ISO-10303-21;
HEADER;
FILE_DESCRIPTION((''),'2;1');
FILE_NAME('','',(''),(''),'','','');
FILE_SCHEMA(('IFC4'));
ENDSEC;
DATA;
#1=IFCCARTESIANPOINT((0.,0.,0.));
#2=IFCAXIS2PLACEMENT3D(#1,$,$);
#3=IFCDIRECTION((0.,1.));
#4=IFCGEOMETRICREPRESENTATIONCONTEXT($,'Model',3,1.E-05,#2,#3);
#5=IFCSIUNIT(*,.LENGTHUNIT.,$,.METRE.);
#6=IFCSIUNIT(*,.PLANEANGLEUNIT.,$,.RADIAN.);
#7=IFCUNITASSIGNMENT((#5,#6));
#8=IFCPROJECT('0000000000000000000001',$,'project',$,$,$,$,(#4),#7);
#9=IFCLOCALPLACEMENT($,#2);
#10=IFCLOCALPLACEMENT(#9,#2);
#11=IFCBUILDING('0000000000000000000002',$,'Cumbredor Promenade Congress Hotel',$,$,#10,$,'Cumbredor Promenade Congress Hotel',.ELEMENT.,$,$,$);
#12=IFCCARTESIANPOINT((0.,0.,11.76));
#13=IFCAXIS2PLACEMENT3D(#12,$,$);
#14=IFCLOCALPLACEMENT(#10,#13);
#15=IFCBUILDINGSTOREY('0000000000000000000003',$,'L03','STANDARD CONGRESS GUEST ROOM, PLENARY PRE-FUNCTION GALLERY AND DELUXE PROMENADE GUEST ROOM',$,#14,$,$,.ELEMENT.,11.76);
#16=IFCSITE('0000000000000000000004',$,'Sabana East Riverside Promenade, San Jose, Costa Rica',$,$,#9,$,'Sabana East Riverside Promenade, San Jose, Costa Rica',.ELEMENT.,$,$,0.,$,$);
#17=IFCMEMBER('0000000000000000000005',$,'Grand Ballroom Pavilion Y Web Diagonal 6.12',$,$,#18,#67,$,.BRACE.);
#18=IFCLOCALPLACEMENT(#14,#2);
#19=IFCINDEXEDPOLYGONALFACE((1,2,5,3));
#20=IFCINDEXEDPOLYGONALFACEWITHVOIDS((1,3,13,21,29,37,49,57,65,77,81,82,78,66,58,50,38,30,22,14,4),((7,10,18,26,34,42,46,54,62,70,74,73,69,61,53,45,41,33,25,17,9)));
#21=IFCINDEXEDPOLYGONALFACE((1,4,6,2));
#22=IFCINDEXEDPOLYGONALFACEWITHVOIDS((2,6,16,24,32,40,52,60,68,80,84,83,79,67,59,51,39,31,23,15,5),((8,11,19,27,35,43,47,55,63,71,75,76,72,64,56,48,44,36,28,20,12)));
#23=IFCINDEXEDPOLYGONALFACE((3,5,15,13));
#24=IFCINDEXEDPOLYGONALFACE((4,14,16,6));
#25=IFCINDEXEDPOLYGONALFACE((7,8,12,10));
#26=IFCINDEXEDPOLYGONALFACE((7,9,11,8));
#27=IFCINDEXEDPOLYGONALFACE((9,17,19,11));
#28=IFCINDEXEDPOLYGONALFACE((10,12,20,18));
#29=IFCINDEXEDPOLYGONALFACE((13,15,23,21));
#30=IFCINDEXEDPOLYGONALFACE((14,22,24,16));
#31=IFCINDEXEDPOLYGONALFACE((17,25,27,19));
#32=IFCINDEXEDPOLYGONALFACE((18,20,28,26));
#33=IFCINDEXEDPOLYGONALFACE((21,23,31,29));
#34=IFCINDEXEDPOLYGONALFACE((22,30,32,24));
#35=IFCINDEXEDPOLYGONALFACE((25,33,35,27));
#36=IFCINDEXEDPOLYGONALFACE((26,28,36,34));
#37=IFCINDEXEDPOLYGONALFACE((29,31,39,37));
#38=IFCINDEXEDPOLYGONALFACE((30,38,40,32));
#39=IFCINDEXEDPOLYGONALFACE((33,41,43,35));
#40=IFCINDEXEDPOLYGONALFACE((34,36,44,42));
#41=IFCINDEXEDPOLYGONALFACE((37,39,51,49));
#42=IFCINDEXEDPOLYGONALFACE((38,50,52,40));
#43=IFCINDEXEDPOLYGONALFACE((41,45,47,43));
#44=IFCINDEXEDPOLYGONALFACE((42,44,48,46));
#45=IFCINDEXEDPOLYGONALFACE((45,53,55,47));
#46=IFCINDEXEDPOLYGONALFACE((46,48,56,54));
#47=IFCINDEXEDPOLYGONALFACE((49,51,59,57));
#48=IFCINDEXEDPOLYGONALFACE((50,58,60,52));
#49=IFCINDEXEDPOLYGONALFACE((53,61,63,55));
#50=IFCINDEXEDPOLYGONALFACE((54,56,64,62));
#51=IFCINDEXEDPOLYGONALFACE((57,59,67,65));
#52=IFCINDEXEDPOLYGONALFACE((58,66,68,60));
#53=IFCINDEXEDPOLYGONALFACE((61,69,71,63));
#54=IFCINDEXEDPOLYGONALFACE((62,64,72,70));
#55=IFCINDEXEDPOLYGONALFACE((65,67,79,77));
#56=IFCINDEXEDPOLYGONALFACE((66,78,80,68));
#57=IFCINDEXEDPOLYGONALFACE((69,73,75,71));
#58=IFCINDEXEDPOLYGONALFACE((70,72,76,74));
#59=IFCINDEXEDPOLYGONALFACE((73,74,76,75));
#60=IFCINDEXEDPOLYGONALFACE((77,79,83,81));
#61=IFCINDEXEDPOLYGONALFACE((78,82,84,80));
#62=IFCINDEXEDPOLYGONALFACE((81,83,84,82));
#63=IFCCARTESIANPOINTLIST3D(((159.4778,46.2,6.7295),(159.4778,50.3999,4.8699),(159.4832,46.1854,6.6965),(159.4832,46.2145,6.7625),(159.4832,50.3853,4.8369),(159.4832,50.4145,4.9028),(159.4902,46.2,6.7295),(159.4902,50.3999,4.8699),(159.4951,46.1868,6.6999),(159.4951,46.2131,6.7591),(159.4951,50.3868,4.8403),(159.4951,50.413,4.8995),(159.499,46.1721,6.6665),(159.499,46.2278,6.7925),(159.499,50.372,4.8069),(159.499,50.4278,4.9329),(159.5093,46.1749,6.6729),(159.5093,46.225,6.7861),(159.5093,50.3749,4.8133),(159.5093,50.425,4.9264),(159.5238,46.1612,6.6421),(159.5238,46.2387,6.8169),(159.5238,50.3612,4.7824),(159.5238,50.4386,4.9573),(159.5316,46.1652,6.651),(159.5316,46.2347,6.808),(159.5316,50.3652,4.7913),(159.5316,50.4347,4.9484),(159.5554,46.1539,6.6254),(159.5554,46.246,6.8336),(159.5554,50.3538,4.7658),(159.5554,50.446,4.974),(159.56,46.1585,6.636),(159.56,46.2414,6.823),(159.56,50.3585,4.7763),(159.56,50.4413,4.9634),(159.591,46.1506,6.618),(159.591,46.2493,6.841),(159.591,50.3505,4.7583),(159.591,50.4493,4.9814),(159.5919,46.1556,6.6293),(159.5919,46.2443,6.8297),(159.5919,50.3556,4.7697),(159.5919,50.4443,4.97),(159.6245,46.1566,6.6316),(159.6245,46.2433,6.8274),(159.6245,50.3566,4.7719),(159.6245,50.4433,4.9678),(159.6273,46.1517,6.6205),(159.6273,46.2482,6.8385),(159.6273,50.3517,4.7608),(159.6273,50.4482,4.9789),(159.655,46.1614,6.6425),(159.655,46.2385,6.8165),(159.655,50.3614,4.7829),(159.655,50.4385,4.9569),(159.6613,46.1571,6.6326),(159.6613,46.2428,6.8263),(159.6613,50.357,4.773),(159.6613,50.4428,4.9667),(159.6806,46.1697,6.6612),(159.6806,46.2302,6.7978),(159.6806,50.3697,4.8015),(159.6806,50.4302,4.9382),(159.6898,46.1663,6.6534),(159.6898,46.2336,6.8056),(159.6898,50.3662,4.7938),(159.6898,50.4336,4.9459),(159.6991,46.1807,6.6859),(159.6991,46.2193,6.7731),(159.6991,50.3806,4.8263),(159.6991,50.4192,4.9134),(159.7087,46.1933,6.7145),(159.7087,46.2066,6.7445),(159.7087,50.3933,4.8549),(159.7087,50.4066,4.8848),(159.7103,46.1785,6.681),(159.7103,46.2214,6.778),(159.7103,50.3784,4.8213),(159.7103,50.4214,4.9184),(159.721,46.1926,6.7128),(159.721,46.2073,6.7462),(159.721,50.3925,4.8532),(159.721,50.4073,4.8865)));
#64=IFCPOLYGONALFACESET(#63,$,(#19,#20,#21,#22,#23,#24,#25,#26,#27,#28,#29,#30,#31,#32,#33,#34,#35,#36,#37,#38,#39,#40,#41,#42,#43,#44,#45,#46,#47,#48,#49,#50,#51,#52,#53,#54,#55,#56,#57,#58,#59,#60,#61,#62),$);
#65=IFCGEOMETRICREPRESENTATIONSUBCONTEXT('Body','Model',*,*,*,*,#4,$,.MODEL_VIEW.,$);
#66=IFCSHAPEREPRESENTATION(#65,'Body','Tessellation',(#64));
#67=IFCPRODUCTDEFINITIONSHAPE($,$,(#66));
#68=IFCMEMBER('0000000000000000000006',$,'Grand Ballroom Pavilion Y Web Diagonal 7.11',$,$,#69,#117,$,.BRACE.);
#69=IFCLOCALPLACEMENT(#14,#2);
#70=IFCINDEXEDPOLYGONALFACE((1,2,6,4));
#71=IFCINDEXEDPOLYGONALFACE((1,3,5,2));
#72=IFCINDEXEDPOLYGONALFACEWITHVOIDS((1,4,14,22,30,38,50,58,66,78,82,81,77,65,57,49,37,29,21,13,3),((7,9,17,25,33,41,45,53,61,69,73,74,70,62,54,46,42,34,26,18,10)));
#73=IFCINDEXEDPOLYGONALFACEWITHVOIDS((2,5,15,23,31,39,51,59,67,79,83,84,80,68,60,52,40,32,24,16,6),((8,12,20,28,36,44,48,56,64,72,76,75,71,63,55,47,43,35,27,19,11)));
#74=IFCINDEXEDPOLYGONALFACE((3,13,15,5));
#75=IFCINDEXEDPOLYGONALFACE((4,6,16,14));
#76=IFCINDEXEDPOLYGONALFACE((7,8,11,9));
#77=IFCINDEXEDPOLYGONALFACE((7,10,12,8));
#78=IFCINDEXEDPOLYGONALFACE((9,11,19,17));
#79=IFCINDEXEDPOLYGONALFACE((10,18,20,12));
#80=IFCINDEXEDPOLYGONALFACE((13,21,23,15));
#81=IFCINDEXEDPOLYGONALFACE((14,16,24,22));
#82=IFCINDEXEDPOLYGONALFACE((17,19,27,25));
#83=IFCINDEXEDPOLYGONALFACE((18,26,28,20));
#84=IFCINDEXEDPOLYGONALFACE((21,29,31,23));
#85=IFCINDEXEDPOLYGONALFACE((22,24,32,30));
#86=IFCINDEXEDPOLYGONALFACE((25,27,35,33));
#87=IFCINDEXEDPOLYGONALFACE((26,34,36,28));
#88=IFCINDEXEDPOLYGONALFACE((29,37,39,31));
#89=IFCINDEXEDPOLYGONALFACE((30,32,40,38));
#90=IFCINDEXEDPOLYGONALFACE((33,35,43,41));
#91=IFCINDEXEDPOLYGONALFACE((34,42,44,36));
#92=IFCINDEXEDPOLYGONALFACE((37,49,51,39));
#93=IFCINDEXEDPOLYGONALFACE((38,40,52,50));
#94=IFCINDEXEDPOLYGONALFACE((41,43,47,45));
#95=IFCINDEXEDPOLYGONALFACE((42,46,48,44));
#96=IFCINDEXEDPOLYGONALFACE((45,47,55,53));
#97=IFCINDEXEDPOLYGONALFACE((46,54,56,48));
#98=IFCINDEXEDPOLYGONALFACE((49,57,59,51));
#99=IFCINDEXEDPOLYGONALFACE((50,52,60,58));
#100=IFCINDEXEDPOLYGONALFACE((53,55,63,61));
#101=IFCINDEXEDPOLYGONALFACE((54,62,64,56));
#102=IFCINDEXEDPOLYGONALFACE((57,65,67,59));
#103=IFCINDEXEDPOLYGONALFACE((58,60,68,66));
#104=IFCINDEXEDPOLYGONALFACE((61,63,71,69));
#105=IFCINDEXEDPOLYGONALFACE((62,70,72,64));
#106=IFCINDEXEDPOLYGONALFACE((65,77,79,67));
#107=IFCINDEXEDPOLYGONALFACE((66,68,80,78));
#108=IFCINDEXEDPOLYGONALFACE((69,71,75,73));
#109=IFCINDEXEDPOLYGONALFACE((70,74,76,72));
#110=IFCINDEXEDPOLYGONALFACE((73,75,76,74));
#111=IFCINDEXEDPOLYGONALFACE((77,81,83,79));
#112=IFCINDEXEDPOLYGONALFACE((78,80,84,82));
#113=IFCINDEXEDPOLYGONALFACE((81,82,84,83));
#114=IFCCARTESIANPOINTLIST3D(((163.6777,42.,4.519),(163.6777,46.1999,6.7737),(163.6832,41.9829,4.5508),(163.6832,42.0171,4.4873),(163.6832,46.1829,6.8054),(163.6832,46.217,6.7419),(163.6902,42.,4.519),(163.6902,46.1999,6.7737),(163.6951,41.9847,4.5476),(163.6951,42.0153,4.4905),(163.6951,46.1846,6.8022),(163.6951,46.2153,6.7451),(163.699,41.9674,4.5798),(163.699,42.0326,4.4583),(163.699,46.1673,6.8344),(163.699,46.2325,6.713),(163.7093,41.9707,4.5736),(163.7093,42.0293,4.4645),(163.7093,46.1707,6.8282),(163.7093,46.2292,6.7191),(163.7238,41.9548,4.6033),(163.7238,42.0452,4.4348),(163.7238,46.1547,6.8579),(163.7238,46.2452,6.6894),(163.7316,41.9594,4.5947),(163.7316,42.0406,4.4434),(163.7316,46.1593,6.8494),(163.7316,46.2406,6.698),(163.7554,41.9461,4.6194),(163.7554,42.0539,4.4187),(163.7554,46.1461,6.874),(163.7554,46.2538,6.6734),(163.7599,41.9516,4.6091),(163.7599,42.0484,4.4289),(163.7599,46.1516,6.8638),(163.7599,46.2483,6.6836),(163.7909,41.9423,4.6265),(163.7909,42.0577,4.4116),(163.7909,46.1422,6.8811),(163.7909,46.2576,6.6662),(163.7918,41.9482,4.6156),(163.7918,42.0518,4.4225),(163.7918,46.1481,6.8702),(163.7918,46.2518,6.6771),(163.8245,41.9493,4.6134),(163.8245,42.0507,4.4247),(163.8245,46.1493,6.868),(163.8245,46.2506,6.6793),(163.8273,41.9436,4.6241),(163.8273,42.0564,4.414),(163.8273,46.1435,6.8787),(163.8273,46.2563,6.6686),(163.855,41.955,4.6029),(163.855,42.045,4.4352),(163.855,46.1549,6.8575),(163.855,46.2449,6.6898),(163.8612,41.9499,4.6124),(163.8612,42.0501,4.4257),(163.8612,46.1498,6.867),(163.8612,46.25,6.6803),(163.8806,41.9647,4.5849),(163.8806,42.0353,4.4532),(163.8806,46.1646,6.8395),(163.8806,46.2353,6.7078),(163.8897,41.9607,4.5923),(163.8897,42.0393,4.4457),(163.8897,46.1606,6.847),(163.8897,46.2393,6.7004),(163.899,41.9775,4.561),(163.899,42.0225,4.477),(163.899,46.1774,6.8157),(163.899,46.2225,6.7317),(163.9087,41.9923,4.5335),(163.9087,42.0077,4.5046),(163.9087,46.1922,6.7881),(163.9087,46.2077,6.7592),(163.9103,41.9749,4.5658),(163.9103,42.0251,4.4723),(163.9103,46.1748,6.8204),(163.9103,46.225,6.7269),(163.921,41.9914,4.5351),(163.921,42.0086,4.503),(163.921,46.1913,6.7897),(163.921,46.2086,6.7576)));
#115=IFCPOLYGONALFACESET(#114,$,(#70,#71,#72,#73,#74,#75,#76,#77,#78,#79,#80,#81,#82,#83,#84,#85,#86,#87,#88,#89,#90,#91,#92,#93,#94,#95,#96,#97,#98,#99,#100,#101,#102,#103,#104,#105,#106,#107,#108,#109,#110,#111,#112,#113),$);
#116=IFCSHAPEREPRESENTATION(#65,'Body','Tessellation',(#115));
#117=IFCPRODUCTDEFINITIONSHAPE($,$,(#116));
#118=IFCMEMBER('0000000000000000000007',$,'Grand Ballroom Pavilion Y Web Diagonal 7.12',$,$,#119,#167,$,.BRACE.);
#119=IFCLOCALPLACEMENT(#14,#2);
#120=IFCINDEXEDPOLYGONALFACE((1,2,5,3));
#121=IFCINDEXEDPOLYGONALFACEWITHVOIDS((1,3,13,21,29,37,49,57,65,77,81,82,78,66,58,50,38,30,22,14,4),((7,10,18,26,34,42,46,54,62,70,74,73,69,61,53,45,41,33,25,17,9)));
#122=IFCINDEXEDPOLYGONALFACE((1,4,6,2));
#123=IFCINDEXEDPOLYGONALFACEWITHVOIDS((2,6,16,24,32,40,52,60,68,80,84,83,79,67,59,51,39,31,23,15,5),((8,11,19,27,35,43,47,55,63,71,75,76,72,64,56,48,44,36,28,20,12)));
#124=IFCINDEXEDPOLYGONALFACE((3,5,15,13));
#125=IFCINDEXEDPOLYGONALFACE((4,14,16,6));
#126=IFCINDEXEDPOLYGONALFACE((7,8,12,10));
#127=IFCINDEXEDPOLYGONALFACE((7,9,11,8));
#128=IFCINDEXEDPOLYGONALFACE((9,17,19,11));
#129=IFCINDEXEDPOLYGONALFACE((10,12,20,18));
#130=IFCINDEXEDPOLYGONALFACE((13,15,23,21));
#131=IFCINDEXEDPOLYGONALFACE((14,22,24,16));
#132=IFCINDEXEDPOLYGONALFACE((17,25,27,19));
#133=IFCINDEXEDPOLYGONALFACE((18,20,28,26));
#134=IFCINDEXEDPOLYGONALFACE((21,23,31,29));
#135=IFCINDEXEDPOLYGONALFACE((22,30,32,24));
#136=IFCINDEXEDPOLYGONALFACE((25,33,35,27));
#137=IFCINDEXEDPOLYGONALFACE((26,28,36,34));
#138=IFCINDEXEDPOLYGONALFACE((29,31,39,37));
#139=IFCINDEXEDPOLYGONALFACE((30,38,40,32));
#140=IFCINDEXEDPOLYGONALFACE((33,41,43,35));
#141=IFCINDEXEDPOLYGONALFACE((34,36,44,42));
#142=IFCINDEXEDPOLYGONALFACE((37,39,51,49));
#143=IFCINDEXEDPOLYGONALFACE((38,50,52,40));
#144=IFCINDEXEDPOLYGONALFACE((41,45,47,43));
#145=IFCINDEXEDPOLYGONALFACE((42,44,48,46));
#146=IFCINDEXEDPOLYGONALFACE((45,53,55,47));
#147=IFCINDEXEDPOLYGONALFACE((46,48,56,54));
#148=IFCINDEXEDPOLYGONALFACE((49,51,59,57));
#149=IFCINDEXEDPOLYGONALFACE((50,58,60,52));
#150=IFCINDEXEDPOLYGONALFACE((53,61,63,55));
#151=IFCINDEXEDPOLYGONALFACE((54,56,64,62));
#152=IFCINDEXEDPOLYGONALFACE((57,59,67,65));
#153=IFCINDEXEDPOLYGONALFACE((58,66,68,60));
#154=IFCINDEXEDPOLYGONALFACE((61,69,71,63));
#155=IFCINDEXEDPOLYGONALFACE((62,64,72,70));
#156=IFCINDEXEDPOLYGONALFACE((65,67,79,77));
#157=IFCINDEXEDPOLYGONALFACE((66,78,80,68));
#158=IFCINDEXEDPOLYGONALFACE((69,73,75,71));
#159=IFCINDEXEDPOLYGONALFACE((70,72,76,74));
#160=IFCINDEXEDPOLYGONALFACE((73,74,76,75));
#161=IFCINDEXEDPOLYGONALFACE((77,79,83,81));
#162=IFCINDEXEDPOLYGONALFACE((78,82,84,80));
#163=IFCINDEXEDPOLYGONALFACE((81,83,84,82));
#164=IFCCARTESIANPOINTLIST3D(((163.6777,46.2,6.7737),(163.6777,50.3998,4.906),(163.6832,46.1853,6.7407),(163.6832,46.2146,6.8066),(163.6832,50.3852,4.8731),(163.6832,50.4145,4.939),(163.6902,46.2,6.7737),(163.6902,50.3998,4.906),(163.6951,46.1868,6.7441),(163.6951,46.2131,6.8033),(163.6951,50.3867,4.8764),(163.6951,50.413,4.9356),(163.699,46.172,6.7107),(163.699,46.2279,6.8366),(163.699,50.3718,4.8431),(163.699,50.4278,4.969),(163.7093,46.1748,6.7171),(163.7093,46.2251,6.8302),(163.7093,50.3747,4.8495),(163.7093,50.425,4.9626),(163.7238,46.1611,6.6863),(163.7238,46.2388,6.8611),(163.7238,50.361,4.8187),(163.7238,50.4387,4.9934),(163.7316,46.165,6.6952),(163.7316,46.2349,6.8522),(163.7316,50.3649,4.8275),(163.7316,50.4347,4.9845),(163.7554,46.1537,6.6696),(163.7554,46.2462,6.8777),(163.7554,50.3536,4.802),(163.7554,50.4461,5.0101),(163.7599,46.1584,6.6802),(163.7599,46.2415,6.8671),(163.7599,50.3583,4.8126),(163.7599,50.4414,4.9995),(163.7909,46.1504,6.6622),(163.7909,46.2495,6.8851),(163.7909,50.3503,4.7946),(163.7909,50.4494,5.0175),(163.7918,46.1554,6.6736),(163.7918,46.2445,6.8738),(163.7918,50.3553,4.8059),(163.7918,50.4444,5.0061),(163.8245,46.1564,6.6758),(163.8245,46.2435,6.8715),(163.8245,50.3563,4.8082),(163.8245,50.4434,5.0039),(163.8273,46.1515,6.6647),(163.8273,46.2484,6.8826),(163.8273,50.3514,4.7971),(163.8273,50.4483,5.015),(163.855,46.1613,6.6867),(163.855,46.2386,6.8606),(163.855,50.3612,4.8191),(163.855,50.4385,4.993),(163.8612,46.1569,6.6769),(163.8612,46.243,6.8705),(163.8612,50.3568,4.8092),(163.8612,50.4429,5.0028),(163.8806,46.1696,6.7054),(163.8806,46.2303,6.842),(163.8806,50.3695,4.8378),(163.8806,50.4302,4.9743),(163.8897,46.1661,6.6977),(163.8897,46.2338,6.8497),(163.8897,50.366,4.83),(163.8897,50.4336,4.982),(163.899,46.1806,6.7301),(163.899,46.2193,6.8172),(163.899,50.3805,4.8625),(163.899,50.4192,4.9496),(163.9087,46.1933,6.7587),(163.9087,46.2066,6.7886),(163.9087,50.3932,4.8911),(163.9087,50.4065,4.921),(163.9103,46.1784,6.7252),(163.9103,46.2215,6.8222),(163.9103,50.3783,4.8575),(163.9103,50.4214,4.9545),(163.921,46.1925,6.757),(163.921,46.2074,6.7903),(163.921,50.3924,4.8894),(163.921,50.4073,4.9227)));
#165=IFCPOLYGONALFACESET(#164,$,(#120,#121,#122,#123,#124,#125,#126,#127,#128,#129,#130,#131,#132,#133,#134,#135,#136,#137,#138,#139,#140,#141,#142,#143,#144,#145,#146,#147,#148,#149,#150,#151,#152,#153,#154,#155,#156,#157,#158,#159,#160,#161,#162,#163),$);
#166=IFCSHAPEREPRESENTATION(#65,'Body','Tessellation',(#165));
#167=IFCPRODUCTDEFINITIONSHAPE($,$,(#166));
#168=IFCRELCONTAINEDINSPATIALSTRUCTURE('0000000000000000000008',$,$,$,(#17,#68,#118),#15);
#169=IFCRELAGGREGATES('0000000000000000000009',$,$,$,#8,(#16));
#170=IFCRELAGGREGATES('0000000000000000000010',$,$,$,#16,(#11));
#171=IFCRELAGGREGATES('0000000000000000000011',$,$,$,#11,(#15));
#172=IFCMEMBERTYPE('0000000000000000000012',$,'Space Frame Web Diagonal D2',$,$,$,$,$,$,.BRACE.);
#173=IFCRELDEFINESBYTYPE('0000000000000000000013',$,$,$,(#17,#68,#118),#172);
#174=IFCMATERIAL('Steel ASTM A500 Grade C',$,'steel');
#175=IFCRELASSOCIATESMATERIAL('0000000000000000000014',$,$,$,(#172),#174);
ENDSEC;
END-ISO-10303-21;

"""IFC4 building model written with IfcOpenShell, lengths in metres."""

from ifc_helpers import new_model, si_unit, direction, frame, origin, origin_2d, place, context, subcontext, project, spatial, hollow_circle, extrude, material, material_profile, profile_set, type_object, element, save


model = new_model("IFC4")

# Units and contexts
model_context = context("Model", 3, precision=1e-05, world=origin(), true_north=direction((0.0, 1.0)))
body_context = subcontext(model_context, "Body", "Model", "MODEL_VIEW")
ifc_project = project(units=[si_unit("LENGTHUNIT", "METRE"), si_unit("PLANEANGLEUNIT", "RADIAN")], contexts=[model_context])

# Site, building, storey
site_placement = place(None, origin())
site = spatial("IfcSite", under=ifc_project, at=site_placement, Name="Sabana East Riverside Promenade, San Jose, Costa Rica", LongName="Sabana East Riverside Promenade, San Jose, Costa Rica", CompositionType="ELEMENT", RefElevation=0.0)
building_placement = place(site_placement, origin())
building = spatial("IfcBuilding", under=site, at=building_placement, Name="Cumbredor Promenade Congress Hotel", LongName="Cumbredor Promenade Congress Hotel", CompositionType="ELEMENT")
storey_placement = place(building_placement, frame((0.0, 0.0, 11.76)))
storey = spatial("IfcBuildingStorey", under=building, at=storey_placement, Name="L03", Description="STANDARD CONGRESS GUEST ROOM, PLENARY PRE-FUNCTION GALLERY AND DELUXE PROMENADE GUEST ROOM", CompositionType="ELEMENT", Elevation=11.76)

# Members
ifc_material_1 = material(Name="Steel ASTM A500 Grade C", Category="steel")
ifc_material_profile_1 = material_profile(ifc_material_1, hollow_circle(Radius=0.1223, WallThickness=0.0125, at=origin_2d()), Name="CHS 244.5x12.5")
ifc_profile_set_1 = profile_set([ifc_material_profile_1], Name="Steel ASTM A500 Grade C")
member_type_1 = type_object("IfcMemberType", Name="Space Frame Web Diagonal D2", PredefinedType="BRACE", material=ifc_profile_set_1)
member_1_placement = place(storey_placement, frame((159.6001, 46.2, 6.7295), z_axis=(0.0, 0.914378, -0.404861), x_axis=(-1.0, 0.0, 0.0)))
element("IfcMember", 1, at=member_1_placement, inside=storey, type_object=member_type_1, Name="Grand Ballroom Pavilion Y Web Diagonal 6.12", PredefinedType="BRACE", context=body_context, shape_type="SweptSolid", body=[
    extrude(hollow_circle(Radius=0.1223, WallThickness=0.0125, at=origin_2d()), origin(), (0.0, 0.0, 1.0), 4.5933),
])
member_2_placement = place(storey_placement, frame((163.8, 42.0, 4.519), z_axis=(0.0, 0.881072, 0.472982), x_axis=(-1.0, 0.0, 0.0)))
element("IfcMember", 2, at=member_2_placement, inside=storey, type_object=member_type_1, Name="Grand Ballroom Pavilion Y Web Diagonal 7.11", PredefinedType="BRACE", context=body_context, shape_type="SweptSolid", body=[
    extrude(hollow_circle(Radius=0.1223, WallThickness=0.0125, at=origin_2d()), origin(), (0.0, 0.0, 1.0), 4.7668),
])
member_3_placement = place(storey_placement, frame((163.8, 46.2, 6.7737), z_axis=(0.0, 0.913728, -0.406326), x_axis=(-1.0, 0.0, 0.0)))
element("IfcMember", 3, at=member_3_placement, inside=storey, type_object=member_type_1, Name="Grand Ballroom Pavilion Y Web Diagonal 7.12", PredefinedType="BRACE", context=body_context, shape_type="SweptSolid", body=[
    extrude(hollow_circle(Radius=0.1223, WallThickness=0.0125, at=origin_2d()), origin(), (0.0, 0.0, 1.0), 4.5964),
])

save(model, "model.ifc")
